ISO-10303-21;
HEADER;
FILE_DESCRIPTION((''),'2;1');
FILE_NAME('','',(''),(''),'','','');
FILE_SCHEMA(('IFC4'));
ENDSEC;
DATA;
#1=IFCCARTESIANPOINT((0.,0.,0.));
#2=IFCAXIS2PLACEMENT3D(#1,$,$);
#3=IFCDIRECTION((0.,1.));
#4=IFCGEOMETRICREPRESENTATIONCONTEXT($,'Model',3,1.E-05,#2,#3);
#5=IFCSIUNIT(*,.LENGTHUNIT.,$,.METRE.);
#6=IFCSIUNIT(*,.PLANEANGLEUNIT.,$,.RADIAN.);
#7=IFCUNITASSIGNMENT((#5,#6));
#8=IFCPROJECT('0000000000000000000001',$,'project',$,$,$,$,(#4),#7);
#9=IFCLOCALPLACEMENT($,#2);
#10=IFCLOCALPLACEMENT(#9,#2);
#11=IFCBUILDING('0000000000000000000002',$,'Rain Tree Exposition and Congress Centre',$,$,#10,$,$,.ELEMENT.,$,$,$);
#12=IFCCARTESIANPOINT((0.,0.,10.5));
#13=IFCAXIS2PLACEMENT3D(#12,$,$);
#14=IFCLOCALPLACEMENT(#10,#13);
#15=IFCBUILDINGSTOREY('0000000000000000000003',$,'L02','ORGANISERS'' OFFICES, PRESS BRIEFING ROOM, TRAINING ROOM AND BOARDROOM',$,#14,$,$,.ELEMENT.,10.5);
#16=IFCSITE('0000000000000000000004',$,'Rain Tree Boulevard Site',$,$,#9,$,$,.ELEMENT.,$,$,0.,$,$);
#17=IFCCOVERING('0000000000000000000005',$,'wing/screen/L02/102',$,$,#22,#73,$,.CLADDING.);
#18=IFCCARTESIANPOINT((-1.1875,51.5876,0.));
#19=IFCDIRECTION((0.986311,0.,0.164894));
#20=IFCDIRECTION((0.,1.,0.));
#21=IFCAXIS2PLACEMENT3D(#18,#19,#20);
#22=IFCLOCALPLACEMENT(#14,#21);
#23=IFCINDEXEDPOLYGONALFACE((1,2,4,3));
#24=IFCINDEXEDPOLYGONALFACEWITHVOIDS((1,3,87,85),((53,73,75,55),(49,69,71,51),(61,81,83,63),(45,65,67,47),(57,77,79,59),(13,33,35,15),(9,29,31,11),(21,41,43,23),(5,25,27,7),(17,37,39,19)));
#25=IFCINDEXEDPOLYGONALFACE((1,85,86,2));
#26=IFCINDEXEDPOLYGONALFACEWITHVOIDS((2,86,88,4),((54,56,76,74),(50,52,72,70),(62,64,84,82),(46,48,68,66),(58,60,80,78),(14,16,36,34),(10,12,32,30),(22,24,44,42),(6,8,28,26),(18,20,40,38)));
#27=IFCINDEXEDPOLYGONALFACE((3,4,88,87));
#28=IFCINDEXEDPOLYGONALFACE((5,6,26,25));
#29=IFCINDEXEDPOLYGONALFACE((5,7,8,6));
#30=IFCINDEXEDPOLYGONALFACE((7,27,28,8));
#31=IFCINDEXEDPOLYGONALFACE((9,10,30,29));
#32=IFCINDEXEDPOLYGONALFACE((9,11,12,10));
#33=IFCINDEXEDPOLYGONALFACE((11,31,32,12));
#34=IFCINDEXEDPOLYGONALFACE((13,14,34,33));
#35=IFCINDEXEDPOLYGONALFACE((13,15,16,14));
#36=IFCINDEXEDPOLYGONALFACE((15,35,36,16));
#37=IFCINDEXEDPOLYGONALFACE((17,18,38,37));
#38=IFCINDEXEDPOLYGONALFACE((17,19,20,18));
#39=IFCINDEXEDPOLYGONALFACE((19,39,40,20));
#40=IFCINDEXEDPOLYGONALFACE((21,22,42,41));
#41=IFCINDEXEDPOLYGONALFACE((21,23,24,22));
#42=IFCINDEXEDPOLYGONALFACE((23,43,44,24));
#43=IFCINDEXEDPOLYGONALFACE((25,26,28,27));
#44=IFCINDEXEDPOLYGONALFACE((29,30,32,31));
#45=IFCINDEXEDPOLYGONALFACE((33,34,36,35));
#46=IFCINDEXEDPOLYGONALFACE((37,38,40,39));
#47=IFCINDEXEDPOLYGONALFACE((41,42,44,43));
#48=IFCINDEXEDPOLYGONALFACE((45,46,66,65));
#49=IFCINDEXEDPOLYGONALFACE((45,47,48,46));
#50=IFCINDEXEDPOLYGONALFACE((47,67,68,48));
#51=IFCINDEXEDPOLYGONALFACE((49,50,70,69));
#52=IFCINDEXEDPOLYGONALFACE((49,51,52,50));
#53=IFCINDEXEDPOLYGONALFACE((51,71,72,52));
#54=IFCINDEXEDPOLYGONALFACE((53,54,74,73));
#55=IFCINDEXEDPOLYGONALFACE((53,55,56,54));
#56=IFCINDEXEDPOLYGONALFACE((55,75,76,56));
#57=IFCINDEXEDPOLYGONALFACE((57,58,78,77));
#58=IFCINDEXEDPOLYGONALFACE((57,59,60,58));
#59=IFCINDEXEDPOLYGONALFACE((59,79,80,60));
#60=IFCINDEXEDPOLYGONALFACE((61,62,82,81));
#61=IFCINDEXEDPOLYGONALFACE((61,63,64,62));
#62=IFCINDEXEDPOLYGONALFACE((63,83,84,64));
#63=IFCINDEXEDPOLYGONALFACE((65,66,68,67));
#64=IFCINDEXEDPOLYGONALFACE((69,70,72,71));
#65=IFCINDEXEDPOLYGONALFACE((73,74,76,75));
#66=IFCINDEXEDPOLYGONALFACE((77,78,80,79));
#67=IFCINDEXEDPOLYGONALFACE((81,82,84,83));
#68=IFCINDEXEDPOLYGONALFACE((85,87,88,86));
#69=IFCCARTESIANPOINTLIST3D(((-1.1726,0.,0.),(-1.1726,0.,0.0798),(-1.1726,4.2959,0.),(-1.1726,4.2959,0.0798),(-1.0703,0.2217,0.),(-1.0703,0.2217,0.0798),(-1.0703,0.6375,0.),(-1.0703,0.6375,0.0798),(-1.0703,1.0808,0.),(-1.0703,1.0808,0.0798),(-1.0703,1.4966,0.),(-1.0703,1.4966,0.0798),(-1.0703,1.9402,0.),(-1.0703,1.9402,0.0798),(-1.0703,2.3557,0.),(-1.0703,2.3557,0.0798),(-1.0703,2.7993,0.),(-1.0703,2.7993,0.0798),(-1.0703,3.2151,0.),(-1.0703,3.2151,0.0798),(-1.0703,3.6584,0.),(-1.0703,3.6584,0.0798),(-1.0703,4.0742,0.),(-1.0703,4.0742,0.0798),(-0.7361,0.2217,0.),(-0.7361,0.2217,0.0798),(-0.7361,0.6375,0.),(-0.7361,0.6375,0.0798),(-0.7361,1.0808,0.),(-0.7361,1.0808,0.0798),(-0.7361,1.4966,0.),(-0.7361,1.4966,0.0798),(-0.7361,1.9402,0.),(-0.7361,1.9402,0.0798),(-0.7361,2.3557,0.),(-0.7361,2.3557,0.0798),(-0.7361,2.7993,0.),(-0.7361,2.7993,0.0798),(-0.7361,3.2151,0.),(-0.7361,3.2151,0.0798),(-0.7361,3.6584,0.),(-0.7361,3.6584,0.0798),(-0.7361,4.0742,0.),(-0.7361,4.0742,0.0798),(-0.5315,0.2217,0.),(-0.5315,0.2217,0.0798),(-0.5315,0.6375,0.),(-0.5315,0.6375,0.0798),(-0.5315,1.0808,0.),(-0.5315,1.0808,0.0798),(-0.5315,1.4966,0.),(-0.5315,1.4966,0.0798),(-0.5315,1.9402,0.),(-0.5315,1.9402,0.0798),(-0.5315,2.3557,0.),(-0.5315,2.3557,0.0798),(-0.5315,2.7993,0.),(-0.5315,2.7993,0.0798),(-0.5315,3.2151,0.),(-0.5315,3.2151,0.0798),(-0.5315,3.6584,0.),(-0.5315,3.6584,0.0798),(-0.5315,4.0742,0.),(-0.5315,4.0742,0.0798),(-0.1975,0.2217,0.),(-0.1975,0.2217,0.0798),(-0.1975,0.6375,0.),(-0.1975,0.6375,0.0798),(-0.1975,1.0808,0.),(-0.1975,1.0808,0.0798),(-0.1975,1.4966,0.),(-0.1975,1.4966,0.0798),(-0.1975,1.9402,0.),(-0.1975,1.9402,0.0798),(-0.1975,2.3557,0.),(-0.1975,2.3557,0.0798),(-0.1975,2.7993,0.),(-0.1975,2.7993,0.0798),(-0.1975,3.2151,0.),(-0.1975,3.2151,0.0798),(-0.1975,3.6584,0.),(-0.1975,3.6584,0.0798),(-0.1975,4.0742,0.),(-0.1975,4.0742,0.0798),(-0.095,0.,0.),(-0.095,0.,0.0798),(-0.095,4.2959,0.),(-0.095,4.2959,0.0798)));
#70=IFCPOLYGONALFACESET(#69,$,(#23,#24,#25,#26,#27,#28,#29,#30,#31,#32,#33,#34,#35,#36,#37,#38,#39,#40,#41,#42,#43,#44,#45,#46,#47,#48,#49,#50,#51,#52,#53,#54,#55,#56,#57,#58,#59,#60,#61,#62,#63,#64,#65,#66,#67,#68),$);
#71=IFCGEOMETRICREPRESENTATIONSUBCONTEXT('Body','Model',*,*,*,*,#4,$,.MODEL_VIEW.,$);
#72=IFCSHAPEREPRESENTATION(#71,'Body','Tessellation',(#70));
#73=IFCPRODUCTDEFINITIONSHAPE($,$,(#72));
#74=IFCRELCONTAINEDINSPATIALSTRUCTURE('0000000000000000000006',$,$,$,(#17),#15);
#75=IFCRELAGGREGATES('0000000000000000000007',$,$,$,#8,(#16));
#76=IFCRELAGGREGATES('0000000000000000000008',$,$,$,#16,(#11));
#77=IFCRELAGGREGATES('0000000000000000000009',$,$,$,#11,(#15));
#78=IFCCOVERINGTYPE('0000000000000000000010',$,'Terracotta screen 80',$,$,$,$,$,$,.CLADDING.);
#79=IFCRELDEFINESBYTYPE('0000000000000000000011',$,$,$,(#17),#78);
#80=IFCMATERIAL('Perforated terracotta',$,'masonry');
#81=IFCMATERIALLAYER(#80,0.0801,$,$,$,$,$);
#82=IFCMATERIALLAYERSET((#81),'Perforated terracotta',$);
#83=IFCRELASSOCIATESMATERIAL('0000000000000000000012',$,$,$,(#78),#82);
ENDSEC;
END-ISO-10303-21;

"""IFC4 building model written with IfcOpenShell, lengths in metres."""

from ifc_helpers import new_model, si_unit, direction, frame, origin, place, context, subcontext, project, spatial, polyline, outline, extrude, material, layer, layer_set, type_object, element, save


model = new_model("IFC4")

# Units and contexts
model_context = context("Model", 3, precision=1e-05, world=origin(), true_north=direction((0.0, 1.0)))
body_context = subcontext(model_context, "Body", "Model", "MODEL_VIEW")
ifc_project = project(units=[si_unit("LENGTHUNIT", "METRE"), si_unit("PLANEANGLEUNIT", "RADIAN")], contexts=[model_context])

# Site, building, storey
site_placement = place(None, origin())
site = spatial("IfcSite", under=ifc_project, at=site_placement, Name="Rain Tree Boulevard Site", CompositionType="ELEMENT", RefElevation=0.0)
building_placement = place(site_placement, origin())
building = spatial("IfcBuilding", under=site, at=building_placement, Name="Rain Tree Exposition and Congress Centre", CompositionType="ELEMENT")
storey_placement = place(building_placement, frame((0.0, 0.0, 10.5)))
storey = spatial("IfcBuildingStorey", under=building, at=storey_placement, Name="L02", Description="ORGANISERS' OFFICES, PRESS BRIEFING ROOM, TRAINING ROOM AND BOARDROOM", CompositionType="ELEMENT", Elevation=10.5)

# Covering
ifc_material_1 = material(Name="Perforated terracotta", Category="masonry")
ifc_layer_1 = layer(ifc_material_1, 0.0801)
ifc_layer_set_1 = layer_set([ifc_layer_1], Name="Perforated terracotta")
covering_type = type_object("IfcCoveringType", Name="Terracotta screen 80", PredefinedType="CLADDING", material=ifc_layer_set_1)
covering_1_placement = place(storey_placement, frame((-1.1875, 51.5876, 0.0), z_axis=(0.986311, 0.0, 0.164894), x_axis=(0.0, 1.0, 0.0)))
element("IfcCovering", 1, at=covering_1_placement, inside=storey, type_object=covering_type, Name="wing/screen/L02/102", PredefinedType="CLADDING", context=body_context, shape_type="SweptSolid", body=[
    extrude(outline(polyline([(-1.1726, 0.0), (-1.1726, 4.2959), (-0.095, 4.2959), (-0.095, 0.0), (-1.1726, 0.0)]), holes=[polyline([(-0.1975, 0.2217), (-0.1975, 0.6375), (-0.5315, 0.6375), (-0.5315, 0.2217), (-0.1975, 0.2217)]), polyline([(-0.1975, 1.0808), (-0.1975, 1.4966), (-0.5315, 1.4966), (-0.5315, 1.0808), (-0.1975, 1.0808)]), polyline([(-0.1975, 1.9402), (-0.1975, 2.3557), (-0.5315, 2.3557), (-0.5315, 1.9402), (-0.1975, 1.9402)]), polyline([(-0.1975, 2.7993), (-0.1975, 3.2151), (-0.5315, 3.2151), (-0.5315, 2.7993), (-0.1975, 2.7993)]), polyline([(-0.1975, 3.6584), (-0.1975, 4.0742), (-0.5315, 4.0742), (-0.5315, 3.6584), (-0.1975, 3.6584)]), polyline([(-0.7361, 0.2217), (-0.7361, 0.6375), (-1.0703, 0.6375), (-1.0703, 0.2217), (-0.7361, 0.2217)]), polyline([(-0.7361, 1.0808), (-0.7361, 1.4966), (-1.0703, 1.4966), (-1.0703, 1.0808), (-0.7361, 1.0808)]), polyline([(-0.7361, 1.9402), (-0.7361, 2.3557), (-1.0703, 2.3557), (-1.0703, 1.9402), (-0.7361, 1.9402)]), polyline([(-0.7361, 2.7993), (-0.7361, 3.2151), (-1.0703, 3.2151), (-1.0703, 2.7993), (-0.7361, 2.7993)]), polyline([(-0.7361, 3.6584), (-0.7361, 4.0742), (-1.0703, 4.0742), (-1.0703, 3.6584), (-0.7361, 3.6584)])]), origin(), (0.0, 0.0, 1.0), 0.0798),
])

save(model, "model.ifc")
